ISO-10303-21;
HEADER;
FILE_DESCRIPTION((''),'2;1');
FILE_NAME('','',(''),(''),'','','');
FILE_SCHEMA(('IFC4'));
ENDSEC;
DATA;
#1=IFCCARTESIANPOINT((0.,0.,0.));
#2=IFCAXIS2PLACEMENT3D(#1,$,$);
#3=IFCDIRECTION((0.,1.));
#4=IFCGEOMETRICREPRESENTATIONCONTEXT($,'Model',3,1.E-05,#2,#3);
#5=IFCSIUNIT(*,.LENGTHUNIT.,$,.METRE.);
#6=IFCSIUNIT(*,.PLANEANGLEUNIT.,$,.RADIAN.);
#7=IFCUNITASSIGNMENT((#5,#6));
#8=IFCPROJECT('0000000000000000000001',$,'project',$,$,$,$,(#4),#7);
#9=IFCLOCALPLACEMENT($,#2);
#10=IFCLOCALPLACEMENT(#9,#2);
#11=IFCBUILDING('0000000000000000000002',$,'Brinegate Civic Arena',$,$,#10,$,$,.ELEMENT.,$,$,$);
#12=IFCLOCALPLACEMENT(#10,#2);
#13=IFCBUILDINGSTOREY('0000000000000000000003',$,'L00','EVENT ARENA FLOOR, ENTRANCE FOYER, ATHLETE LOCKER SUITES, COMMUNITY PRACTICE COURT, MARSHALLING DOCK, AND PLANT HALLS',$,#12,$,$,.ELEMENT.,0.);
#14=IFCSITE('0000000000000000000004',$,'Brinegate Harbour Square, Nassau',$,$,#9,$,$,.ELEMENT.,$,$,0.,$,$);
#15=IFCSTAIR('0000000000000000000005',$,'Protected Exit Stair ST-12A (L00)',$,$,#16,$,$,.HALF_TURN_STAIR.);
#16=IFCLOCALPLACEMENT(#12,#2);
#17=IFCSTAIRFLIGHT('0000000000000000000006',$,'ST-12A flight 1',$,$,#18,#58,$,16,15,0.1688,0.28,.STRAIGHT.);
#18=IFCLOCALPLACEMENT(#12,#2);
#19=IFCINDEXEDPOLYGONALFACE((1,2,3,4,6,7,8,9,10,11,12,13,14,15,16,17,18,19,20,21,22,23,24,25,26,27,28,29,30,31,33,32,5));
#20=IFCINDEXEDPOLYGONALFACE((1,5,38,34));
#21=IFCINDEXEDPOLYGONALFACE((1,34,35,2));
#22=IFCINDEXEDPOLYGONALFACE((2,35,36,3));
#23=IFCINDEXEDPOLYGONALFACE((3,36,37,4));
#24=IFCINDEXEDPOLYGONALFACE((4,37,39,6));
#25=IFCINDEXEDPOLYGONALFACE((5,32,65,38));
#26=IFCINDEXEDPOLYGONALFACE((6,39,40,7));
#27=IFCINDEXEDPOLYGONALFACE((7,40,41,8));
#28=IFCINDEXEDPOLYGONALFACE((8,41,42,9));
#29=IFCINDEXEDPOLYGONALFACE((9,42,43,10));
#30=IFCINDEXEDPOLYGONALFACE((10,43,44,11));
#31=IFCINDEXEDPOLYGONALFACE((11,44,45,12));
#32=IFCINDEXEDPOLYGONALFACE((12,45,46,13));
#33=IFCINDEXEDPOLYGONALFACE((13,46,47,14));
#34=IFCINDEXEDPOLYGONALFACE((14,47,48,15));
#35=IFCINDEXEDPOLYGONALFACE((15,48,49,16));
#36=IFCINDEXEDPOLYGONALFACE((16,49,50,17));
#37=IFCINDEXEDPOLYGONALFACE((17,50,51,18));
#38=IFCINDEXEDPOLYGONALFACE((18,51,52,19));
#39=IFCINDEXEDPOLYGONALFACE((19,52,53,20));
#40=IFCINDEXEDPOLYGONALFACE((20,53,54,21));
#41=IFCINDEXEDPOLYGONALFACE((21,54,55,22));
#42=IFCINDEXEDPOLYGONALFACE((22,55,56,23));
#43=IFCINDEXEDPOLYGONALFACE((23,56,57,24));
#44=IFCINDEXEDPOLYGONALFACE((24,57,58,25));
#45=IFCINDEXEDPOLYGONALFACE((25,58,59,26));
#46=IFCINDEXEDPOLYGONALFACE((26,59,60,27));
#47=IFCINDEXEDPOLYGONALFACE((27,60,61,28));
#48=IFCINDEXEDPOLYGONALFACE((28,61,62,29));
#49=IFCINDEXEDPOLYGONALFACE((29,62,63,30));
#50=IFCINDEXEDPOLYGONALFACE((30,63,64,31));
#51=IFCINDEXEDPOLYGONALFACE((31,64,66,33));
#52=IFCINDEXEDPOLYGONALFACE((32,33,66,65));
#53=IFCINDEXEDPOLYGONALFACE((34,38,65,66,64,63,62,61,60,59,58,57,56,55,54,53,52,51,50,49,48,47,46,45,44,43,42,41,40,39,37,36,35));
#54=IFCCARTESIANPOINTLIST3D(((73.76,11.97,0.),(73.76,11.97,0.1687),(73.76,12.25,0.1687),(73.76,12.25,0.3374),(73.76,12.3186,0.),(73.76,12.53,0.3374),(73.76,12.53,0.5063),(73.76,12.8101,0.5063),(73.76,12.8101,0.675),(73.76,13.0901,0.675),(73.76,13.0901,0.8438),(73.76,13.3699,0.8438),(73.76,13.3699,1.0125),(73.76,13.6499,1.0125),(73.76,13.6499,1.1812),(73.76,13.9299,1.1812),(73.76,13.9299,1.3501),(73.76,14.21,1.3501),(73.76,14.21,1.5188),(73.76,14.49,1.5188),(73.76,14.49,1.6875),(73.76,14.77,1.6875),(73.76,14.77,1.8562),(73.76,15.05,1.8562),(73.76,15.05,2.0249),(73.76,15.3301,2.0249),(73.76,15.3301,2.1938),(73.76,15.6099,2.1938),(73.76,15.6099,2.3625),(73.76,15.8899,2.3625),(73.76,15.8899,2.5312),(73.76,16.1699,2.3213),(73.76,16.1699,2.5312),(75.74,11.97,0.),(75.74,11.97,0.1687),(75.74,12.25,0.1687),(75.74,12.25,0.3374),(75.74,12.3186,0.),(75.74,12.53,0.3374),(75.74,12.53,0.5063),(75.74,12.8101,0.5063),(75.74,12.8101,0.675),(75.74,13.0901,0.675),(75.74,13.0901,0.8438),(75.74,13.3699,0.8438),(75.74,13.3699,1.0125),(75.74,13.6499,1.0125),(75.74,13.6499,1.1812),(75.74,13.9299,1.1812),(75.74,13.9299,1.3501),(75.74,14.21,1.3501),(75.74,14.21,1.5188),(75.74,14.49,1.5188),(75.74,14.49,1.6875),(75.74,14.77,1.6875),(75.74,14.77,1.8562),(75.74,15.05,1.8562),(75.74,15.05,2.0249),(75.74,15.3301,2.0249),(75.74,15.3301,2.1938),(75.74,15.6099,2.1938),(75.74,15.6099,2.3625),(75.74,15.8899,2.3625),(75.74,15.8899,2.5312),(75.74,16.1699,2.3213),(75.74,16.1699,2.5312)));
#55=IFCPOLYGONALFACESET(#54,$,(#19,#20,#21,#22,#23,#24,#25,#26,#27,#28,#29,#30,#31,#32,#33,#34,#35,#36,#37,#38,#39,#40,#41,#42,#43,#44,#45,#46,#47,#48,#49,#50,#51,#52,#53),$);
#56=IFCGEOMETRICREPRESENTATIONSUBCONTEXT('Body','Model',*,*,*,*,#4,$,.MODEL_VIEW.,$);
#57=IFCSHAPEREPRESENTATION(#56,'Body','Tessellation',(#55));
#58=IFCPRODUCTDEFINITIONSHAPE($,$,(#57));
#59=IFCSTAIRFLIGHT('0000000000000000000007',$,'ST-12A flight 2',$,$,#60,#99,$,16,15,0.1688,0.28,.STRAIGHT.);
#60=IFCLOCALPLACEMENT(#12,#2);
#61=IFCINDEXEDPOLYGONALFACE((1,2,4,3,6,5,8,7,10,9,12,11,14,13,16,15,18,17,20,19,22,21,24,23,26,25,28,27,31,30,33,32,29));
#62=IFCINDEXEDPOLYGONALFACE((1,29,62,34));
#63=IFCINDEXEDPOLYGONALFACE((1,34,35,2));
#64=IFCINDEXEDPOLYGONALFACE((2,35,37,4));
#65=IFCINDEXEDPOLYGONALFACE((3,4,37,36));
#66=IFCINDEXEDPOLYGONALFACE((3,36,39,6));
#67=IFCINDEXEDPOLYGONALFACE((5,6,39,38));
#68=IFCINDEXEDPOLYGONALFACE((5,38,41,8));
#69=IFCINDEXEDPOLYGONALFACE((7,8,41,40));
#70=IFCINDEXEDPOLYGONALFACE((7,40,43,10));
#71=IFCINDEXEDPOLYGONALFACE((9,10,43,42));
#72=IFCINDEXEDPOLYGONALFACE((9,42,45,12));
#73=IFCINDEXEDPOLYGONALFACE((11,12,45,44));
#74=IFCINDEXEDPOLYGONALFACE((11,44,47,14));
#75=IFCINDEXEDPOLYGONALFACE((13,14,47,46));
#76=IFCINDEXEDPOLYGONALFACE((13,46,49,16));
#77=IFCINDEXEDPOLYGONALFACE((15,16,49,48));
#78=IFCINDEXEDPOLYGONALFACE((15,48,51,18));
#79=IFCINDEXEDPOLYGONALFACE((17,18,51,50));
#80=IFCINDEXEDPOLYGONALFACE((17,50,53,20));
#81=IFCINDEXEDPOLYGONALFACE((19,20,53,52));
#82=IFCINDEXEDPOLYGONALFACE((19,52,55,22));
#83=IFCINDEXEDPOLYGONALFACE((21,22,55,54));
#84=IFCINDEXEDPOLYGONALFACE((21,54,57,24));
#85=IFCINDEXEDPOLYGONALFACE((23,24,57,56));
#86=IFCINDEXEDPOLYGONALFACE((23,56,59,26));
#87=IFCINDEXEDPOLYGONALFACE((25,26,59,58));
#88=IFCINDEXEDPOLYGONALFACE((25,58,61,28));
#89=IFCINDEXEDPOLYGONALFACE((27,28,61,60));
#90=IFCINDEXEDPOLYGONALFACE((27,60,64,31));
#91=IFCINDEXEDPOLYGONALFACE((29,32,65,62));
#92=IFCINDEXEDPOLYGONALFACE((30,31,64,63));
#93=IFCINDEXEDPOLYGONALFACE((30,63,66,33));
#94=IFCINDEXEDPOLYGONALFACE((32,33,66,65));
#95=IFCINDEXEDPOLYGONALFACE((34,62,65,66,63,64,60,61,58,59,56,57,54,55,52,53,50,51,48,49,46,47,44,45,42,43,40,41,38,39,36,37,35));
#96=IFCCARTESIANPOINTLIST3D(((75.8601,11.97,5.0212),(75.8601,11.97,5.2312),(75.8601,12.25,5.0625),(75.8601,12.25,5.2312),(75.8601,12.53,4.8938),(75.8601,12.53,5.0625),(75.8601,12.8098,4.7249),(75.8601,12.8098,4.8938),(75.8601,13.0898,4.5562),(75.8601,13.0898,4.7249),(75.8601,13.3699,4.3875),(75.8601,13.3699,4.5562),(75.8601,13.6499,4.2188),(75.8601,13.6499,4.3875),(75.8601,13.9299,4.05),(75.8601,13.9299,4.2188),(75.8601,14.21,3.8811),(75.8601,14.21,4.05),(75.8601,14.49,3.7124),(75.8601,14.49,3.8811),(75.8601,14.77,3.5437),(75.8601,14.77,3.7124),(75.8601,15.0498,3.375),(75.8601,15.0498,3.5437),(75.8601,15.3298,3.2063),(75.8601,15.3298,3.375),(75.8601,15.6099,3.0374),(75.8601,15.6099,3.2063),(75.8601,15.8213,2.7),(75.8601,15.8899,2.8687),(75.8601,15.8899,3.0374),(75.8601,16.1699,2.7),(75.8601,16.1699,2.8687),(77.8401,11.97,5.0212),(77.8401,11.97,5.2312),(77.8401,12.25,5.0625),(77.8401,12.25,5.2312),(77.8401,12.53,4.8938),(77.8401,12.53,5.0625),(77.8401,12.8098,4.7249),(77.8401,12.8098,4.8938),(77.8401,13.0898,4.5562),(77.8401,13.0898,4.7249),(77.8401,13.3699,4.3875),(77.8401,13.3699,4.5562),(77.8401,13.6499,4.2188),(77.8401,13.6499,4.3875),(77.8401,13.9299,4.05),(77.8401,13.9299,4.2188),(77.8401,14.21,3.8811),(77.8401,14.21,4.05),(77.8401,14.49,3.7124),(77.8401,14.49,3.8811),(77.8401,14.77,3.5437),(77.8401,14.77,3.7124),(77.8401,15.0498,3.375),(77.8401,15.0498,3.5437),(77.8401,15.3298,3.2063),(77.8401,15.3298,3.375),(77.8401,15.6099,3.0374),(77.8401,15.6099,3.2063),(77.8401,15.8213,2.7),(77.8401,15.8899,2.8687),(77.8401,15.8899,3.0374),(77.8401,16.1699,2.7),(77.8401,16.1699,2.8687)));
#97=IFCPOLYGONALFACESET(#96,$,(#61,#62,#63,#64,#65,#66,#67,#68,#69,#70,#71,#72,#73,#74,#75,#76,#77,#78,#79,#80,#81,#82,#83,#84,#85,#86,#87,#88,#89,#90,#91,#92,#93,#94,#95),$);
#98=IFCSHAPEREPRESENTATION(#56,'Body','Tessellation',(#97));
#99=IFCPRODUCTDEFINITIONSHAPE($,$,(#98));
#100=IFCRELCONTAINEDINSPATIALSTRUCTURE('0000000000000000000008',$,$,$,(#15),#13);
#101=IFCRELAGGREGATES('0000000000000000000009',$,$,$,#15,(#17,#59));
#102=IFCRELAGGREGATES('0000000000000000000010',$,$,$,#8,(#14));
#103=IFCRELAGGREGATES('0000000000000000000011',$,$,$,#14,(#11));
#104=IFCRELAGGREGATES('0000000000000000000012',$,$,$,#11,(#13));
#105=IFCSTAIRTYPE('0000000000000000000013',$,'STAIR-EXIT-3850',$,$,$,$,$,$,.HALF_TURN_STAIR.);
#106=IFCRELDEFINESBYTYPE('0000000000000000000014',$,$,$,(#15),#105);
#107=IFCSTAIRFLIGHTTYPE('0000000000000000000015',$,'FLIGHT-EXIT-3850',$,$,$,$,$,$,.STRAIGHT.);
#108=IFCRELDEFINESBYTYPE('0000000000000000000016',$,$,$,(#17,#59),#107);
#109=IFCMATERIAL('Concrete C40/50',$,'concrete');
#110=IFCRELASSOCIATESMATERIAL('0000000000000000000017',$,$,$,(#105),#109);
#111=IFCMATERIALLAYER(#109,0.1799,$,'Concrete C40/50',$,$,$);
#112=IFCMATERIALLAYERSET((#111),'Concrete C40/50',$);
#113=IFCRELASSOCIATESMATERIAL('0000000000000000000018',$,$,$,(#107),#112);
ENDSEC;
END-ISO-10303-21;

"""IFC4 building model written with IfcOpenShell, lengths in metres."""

from ifc_helpers import new_model, si_unit, direction, frame, origin, place, context, subcontext, project, spatial, polyline, outline, extrude, material, layer, layer_set, type_object, element, aggregate, save


model = new_model("IFC4")

# Units and contexts
model_context = context("Model", 3, precision=1e-05, world=origin(), true_north=direction((0.0, 1.0)))
body_context = subcontext(model_context, "Body", "Model", "MODEL_VIEW")
ifc_project = project(units=[si_unit("LENGTHUNIT", "METRE"), si_unit("PLANEANGLEUNIT", "RADIAN")], contexts=[model_context])

# Site, building, storey
site_placement = place(None, origin())
site = spatial("IfcSite", under=ifc_project, at=site_placement, Name="Brinegate Harbour Square, Nassau", CompositionType="ELEMENT", RefElevation=0.0)
building_placement = place(site_placement, origin())
building = spatial("IfcBuilding", under=site, at=building_placement, Name="Brinegate Civic Arena", CompositionType="ELEMENT")
storey_placement = place(building_placement, origin())
storey = spatial("IfcBuildingStorey", under=building, at=storey_placement, Name="L00", Description="EVENT ARENA FLOOR, ENTRANCE FOYER, ATHLETE LOCKER SUITES, COMMUNITY PRACTICE COURT, MARSHALLING DOCK, AND PLANT HALLS", CompositionType="ELEMENT", Elevation=0.0)

# Shared definitions
ifc_material_1 = material(Name="Concrete C40/50", Category="concrete")

# Shared definitions
stair_type_1 = type_object("IfcStairType", Name="STAIR-EXIT-3850", PredefinedType="HALF_TURN_STAIR", material=ifc_material_1)
ifc_layer_1 = layer(ifc_material_1, 0.1799, Name="Concrete C40/50")
ifc_layer_set_1 = layer_set([ifc_layer_1], Name="Concrete C40/50")
stair_flight_type_1 = type_object("IfcStairFlightType", Name="FLIGHT-EXIT-3850", PredefinedType="STRAIGHT", material=ifc_layer_set_1)

# Stair, stair flights
stair_1_placement = place(storey_placement, origin())
stair_1 = element("IfcStair", 1, at=stair_1_placement, inside=storey, type_object=stair_type_1, Name="Protected Exit Stair ST-12A (L00)", PredefinedType="HALF_TURN_STAIR")
stair_flight_1_placement = place(storey_placement, frame((74.75, 11.97, 0.0), z_axis=(0.0, 0.0, 1.0), x_axis=(0.0, 1.0, 0.0)))
stair_flight_1 = element("IfcStairFlight", 2, at=stair_flight_1_placement, type_object=stair_flight_type_1, Name="ST-12A flight 1", NumberOfRisers=16, NumberOfTreads=15, PredefinedType="STRAIGHT", RiserHeight=0.1688, TreadLength=0.28, context=body_context, shape_type="SweptSolid", body=[
    extrude(outline(polyline([(0.0, 0.0), (0.0, 0.1687), (0.28, 0.1687), (0.28, 0.3374), (0.5601, 0.3374), (0.5601, 0.5063), (0.8401, 0.5063), (0.8401, 0.675), (1.1201, 0.675), (1.1201, 0.8438), (1.3999, 0.8438), (1.3999, 1.0125), (1.6799, 1.0125), (1.6799, 1.1812), (1.96, 1.1812), (1.96, 1.3501), (2.24, 1.3501), (2.24, 1.5188), (2.52, 1.5188), (2.52, 1.6875), (2.8, 1.6875), (2.8, 1.8562), (3.0801, 1.8562), (3.0801, 2.0249), (3.3601, 2.0249), (3.3601, 2.1938), (3.6399, 2.1938), (3.6399, 2.3625), (3.9199, 2.3625), (3.9199, 2.5312), (4.2, 2.5312), (4.2, 2.7), (4.2, 2.3213), (0.3486, 0.0), (0.0, 0.0)])), frame((0.0, 0.99, 0.0), z_axis=(0.0, -1.0, 0.0), x_axis=(1.0, 0.0, 0.0)), (0.0, 0.0, 1.0), 1.98),
])
stair_flight_2_placement = place(storey_placement, frame((76.8501, 16.1699, 2.7), z_axis=(0.0, 0.0, 1.0), x_axis=(0.0, -1.0, 0.0)))
stair_flight_2 = element("IfcStairFlight", 3, at=stair_flight_2_placement, type_object=stair_flight_type_1, Name="ST-12A flight 2", NumberOfRisers=16, NumberOfTreads=15, PredefinedType="STRAIGHT", RiserHeight=0.1688, TreadLength=0.28, context=body_context, shape_type="SweptSolid", body=[
    extrude(outline(polyline([(0.0, 0.0), (0.0, 0.1687), (0.28, 0.1687), (0.28, 0.3374), (0.5601, 0.3374), (0.5601, 0.5063), (0.8401, 0.5063), (0.8401, 0.675), (1.1201, 0.675), (1.1201, 0.8438), (1.3999, 0.8438), (1.3999, 1.0125), (1.6799, 1.0125), (1.6799, 1.1812), (1.96, 1.1812), (1.96, 1.3501), (2.24, 1.3501), (2.24, 1.5188), (2.52, 1.5188), (2.52, 1.6875), (2.8, 1.6875), (2.8, 1.8562), (3.0801, 1.8562), (3.0801, 2.0249), (3.3601, 2.0249), (3.3601, 2.1938), (3.6399, 2.1938), (3.6399, 2.3625), (3.9199, 2.3625), (3.9199, 2.5312), (4.2, 2.5312), (4.2, 2.7), (4.2, 2.3213), (0.3486, 0.0), (0.0, 0.0)])), frame((0.0, 0.99, 0.0), z_axis=(0.0, -1.0, 0.0), x_axis=(1.0, 0.0, 0.0)), (0.0, 0.0, 1.0), 1.98),
])
aggregate(stair_1, [stair_flight_1, stair_flight_2])

save(model, "model.ifc")
